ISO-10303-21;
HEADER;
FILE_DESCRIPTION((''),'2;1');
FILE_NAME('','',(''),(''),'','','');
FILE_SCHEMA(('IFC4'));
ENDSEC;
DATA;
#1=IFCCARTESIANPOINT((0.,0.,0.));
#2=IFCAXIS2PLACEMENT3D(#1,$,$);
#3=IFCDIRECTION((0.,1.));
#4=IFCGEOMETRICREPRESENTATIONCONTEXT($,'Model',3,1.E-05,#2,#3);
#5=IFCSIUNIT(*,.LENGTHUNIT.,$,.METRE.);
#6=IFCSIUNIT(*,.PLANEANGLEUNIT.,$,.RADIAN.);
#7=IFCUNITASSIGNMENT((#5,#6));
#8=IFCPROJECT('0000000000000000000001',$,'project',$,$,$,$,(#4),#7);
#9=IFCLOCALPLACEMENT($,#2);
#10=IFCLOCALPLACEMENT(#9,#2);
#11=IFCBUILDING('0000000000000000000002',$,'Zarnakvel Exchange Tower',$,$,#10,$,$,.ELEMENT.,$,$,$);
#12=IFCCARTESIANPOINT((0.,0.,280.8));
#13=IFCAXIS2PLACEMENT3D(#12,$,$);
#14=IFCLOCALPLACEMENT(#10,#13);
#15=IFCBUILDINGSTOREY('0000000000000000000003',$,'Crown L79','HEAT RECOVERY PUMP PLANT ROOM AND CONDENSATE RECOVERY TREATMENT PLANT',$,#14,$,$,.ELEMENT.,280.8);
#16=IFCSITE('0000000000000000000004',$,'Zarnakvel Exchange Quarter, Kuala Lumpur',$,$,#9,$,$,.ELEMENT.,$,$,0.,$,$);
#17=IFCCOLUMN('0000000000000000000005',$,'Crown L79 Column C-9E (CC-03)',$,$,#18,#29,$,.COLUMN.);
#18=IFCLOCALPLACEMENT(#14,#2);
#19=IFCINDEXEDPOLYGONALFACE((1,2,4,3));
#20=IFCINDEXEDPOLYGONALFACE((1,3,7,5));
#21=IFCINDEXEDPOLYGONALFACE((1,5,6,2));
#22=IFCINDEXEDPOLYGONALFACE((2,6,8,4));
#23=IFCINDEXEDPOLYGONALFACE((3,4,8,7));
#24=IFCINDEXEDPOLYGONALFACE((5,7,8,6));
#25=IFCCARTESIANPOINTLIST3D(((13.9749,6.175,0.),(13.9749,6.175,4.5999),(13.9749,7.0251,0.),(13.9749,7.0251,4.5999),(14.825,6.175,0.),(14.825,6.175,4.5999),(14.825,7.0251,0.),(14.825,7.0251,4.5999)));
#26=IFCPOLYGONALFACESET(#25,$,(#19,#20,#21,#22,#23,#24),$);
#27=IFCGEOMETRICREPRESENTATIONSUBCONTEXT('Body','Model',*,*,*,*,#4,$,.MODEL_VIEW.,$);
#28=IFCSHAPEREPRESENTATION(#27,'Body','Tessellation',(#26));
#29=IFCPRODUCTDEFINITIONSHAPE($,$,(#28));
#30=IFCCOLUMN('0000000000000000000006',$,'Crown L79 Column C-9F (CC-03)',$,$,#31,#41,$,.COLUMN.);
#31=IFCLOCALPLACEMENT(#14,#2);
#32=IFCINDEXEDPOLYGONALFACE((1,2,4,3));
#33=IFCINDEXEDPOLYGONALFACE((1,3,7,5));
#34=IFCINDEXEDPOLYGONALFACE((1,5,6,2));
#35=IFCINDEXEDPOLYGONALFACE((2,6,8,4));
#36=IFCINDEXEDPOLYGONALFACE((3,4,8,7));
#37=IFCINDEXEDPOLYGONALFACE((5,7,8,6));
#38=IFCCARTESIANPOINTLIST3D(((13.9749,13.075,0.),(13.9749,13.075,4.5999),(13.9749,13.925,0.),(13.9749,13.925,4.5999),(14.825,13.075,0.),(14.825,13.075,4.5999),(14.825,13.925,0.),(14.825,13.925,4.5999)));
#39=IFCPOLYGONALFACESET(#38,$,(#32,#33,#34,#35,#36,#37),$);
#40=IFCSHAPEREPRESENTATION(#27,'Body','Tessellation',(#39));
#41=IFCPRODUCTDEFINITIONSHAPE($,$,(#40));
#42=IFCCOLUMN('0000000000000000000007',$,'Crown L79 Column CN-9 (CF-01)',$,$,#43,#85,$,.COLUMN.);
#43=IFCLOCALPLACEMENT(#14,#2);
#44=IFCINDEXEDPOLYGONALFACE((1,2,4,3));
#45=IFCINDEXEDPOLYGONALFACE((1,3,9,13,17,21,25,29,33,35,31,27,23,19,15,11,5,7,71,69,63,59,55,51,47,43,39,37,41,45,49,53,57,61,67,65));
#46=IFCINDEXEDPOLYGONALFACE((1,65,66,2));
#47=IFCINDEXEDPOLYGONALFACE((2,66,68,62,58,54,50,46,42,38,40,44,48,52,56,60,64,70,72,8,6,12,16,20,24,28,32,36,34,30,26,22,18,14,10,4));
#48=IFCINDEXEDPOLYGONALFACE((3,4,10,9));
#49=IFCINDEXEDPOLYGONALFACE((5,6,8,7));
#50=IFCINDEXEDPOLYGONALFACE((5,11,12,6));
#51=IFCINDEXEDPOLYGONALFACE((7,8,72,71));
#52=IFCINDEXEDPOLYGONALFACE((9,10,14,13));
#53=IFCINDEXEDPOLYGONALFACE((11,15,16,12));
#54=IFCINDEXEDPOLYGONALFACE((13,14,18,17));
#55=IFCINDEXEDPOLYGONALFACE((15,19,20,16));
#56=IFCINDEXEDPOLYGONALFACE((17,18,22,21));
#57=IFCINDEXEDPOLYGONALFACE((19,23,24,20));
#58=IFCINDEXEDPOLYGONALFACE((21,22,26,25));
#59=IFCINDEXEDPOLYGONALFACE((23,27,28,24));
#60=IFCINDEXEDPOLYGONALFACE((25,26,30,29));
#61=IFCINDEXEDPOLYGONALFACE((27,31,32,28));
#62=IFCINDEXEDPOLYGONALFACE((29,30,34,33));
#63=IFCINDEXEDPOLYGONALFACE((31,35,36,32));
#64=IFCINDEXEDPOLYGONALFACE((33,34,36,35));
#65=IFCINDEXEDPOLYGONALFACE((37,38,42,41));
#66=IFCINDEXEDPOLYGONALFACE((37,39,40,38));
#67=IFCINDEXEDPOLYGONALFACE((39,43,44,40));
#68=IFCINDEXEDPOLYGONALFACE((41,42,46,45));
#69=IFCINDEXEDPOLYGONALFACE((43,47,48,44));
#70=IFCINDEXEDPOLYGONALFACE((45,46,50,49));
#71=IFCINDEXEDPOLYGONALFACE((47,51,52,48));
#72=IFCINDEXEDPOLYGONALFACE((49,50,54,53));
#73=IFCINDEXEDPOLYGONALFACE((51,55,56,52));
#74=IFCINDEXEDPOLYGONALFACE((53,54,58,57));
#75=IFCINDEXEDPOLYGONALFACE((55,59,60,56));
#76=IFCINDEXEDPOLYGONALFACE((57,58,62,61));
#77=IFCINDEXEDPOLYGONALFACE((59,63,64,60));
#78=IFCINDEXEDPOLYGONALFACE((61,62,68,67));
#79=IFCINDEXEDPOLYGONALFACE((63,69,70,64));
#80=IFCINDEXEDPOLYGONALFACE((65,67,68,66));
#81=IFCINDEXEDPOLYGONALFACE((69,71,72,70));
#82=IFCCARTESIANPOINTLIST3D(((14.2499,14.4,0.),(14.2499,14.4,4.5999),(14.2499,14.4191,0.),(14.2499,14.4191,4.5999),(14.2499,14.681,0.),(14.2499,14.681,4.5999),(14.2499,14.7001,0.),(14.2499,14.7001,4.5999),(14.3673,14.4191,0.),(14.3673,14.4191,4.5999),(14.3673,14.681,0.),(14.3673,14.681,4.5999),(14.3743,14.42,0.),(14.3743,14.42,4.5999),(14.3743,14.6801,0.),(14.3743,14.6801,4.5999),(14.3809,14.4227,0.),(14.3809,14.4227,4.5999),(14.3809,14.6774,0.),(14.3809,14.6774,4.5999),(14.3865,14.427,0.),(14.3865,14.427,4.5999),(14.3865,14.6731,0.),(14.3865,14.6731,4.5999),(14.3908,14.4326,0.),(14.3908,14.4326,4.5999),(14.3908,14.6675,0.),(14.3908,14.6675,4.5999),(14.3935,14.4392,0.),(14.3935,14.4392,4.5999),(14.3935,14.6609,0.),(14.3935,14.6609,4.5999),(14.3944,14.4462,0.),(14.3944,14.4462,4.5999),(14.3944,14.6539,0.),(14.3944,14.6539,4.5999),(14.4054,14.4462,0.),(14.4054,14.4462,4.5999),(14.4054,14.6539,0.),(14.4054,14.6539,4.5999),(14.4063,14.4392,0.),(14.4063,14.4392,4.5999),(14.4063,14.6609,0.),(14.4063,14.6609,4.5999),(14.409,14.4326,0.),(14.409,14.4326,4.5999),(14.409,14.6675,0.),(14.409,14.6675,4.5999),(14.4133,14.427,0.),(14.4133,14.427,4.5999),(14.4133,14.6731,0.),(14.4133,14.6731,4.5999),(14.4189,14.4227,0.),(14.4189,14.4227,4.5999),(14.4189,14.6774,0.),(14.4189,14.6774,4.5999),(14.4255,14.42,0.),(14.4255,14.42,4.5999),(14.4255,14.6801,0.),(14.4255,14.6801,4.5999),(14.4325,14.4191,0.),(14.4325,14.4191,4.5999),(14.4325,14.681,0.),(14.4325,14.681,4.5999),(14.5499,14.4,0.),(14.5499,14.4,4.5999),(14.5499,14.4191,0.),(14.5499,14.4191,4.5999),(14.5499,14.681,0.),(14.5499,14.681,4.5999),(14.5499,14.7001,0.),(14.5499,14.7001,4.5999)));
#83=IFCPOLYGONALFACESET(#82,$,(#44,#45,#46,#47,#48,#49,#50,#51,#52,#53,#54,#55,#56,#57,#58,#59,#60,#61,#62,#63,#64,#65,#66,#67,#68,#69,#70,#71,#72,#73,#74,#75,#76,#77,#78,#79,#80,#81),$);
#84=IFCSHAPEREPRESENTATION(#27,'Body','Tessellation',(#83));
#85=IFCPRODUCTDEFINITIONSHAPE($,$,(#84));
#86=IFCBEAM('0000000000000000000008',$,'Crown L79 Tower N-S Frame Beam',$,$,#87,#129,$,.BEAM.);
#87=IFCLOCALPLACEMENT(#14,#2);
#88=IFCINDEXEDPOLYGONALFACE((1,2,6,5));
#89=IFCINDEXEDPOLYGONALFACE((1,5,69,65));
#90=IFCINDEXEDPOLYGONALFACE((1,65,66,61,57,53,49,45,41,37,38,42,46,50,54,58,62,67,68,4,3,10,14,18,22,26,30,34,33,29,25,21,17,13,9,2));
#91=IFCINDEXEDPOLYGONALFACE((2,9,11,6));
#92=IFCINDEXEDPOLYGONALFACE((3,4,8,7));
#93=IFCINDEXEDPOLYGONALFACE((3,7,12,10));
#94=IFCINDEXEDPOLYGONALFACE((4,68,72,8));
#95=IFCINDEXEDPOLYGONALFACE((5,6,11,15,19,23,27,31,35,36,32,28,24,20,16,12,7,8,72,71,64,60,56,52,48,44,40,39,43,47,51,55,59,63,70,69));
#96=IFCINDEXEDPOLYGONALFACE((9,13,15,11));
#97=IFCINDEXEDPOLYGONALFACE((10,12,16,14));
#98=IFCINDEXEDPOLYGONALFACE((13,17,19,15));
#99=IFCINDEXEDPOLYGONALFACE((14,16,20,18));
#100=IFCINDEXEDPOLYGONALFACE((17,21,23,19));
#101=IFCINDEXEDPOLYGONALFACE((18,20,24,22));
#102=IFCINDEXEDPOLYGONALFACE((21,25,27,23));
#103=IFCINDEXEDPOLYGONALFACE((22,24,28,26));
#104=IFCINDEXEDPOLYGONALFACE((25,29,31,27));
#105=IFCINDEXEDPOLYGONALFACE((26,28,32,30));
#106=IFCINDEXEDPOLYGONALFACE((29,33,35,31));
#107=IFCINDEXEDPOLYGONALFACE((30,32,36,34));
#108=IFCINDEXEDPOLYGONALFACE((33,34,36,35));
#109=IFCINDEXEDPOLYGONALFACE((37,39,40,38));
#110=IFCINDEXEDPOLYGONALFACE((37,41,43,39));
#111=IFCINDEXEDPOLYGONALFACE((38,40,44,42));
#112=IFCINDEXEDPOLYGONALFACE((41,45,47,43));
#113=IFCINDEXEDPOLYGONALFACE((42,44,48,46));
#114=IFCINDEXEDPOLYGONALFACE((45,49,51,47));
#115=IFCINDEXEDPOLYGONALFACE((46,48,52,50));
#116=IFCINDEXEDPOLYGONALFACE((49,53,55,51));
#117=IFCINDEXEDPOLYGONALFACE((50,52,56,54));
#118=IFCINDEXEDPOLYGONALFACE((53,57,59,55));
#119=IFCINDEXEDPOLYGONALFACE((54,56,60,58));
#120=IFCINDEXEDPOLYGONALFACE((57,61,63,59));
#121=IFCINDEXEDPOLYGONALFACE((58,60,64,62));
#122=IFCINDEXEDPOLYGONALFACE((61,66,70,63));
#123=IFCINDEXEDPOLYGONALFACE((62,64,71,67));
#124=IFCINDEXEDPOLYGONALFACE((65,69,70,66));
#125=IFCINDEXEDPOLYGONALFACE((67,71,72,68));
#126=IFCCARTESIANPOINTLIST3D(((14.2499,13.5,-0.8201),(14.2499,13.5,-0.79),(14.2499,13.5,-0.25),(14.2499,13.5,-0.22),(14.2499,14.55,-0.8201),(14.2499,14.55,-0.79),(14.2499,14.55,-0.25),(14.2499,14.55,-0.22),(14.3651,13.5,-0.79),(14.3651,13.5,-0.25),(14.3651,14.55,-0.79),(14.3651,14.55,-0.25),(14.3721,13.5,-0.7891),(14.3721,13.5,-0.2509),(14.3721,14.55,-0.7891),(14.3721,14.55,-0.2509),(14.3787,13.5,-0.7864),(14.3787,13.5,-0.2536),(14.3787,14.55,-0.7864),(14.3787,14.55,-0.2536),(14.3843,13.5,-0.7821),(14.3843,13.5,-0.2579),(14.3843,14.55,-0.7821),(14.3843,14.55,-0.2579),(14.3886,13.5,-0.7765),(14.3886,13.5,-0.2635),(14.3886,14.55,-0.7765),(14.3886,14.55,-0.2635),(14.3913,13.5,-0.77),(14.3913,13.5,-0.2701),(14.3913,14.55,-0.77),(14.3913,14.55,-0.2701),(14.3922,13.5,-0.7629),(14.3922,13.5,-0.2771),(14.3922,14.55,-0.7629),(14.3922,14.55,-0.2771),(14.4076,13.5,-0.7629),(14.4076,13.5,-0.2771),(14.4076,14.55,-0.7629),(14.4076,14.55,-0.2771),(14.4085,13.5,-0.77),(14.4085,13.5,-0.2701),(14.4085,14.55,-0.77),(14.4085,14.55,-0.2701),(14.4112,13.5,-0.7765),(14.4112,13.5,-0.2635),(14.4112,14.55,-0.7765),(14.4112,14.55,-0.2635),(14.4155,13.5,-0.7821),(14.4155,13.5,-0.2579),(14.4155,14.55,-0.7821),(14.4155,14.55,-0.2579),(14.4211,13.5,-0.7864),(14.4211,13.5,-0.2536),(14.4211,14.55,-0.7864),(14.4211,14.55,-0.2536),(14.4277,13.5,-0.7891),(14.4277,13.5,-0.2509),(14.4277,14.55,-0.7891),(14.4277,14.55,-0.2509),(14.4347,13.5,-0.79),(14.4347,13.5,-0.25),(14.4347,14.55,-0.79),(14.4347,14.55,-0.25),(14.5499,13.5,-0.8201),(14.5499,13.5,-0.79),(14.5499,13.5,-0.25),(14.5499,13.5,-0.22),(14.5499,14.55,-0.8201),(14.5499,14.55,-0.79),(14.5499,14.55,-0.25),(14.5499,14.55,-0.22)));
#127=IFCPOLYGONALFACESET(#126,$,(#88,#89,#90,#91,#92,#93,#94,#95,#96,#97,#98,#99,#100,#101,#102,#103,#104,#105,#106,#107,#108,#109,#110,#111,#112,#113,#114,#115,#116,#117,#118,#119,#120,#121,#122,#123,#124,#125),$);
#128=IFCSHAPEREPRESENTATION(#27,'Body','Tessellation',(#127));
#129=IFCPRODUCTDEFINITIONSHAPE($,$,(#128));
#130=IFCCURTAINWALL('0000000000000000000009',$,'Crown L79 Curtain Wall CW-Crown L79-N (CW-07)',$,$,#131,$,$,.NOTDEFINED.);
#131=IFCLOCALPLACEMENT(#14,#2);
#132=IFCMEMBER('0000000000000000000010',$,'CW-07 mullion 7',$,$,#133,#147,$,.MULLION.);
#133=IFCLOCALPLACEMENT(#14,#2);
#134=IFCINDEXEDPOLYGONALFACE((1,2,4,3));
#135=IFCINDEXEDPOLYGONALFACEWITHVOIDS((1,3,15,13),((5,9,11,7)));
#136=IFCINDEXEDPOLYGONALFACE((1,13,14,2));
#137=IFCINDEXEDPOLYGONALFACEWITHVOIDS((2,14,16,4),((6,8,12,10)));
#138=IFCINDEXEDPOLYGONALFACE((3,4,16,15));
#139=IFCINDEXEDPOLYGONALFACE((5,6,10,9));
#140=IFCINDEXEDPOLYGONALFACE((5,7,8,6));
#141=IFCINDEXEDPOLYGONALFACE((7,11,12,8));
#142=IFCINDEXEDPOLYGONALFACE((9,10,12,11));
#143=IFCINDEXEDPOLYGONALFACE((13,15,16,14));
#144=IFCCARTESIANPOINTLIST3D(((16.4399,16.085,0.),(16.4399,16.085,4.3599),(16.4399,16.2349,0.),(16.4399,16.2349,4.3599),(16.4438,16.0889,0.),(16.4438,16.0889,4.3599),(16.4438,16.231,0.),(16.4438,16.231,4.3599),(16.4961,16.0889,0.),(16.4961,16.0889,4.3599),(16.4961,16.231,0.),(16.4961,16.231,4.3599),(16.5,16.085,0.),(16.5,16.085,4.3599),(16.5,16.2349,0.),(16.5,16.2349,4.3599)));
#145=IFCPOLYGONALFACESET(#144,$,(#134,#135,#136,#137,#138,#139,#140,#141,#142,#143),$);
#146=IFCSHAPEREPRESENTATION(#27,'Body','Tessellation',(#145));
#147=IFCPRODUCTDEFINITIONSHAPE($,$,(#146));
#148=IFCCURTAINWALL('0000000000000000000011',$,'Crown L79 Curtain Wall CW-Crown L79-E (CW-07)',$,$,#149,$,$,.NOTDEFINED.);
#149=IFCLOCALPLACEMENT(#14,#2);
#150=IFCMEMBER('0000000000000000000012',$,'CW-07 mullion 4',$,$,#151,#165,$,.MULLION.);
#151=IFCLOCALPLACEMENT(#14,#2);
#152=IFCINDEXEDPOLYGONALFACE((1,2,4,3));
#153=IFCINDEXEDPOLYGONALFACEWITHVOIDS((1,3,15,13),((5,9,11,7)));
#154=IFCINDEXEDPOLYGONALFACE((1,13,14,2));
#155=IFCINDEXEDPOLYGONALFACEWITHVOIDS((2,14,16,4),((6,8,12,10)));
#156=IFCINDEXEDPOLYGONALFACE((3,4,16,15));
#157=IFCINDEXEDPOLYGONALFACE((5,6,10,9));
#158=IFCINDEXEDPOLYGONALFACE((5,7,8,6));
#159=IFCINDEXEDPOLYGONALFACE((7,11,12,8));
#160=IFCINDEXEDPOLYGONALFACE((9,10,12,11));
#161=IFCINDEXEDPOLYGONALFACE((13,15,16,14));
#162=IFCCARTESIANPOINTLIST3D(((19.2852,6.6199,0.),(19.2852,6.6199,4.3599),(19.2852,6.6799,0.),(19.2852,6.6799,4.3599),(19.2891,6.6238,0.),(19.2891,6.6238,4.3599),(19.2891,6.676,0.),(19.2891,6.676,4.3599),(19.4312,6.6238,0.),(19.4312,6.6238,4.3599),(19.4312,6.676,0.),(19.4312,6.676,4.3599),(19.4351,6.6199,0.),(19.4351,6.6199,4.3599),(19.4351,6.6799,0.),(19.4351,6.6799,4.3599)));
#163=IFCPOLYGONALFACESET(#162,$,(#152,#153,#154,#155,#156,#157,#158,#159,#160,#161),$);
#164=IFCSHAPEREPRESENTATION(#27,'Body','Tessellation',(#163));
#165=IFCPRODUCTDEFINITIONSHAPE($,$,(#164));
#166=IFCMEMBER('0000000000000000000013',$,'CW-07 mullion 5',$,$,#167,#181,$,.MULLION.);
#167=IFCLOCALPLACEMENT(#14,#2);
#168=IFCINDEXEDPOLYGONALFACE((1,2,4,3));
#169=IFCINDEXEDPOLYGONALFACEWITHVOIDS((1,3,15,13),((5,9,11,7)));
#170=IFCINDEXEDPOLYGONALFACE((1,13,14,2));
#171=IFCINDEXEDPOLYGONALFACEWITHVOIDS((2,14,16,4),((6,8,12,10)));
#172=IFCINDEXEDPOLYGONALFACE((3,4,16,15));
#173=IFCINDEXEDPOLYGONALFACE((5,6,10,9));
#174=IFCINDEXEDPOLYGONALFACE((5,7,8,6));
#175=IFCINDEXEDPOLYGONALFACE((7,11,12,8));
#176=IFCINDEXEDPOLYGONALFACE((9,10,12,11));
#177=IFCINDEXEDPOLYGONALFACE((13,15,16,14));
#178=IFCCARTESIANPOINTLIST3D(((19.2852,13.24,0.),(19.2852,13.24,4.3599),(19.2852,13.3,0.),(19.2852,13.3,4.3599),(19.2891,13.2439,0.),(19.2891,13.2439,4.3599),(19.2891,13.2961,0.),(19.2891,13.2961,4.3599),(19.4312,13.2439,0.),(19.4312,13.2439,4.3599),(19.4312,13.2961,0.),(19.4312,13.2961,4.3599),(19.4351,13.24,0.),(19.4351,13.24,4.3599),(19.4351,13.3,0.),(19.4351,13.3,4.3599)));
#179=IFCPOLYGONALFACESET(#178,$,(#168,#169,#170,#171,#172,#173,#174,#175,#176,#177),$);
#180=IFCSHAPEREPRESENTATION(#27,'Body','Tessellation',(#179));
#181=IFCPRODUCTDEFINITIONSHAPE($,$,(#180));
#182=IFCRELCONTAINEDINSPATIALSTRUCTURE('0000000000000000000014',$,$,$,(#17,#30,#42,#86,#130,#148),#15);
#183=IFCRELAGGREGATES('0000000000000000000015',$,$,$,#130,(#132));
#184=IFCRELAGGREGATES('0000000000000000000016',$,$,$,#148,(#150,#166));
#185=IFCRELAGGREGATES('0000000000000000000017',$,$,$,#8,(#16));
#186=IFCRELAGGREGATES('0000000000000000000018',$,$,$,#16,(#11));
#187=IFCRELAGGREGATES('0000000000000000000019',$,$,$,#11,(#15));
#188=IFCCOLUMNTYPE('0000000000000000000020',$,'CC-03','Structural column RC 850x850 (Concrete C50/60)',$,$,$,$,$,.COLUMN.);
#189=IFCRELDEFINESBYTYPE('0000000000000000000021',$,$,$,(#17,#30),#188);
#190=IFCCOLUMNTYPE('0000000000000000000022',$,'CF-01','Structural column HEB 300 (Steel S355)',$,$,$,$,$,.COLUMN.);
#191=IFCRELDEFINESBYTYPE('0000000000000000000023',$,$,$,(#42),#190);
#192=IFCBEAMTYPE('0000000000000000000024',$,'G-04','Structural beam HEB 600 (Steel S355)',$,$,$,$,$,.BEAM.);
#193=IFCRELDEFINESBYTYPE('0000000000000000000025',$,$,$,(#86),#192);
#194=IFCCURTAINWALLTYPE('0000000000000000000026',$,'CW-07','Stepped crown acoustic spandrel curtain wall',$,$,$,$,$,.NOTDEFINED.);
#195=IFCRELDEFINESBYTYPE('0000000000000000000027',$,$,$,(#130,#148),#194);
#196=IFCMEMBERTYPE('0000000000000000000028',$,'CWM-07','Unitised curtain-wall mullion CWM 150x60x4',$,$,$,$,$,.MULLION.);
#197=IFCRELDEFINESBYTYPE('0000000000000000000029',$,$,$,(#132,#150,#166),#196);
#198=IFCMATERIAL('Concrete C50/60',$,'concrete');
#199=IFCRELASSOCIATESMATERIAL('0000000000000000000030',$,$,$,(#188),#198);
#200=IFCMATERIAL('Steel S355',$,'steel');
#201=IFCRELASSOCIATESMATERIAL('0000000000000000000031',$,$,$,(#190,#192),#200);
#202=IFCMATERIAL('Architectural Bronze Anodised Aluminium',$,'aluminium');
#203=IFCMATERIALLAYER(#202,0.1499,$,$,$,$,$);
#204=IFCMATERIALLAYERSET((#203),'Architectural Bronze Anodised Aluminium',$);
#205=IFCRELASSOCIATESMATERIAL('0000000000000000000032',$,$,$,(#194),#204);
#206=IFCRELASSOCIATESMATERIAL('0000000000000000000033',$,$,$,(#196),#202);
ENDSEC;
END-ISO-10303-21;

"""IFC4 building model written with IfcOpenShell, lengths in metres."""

from ifc_helpers import new_model, si_unit, direction, frame, origin, origin_2d, place, context, subcontext, project, spatial, rectangle, hollow_rectangle, i_section, extrude, source, transform, mapped, material, layer, layer_set, material_profile, profile_set, type_object, element, aggregate, save


model = new_model("IFC4")

# Units and contexts
model_context = context("Model", 3, precision=1e-05, world=origin(), true_north=direction((0.0, 1.0)))
body_context = subcontext(model_context, "Body", "Model", "MODEL_VIEW")
ifc_project = project(units=[si_unit("LENGTHUNIT", "METRE"), si_unit("PLANEANGLEUNIT", "RADIAN")], contexts=[model_context])

# Site, building, storey
site_placement = place(None, origin())
site = spatial("IfcSite", under=ifc_project, at=site_placement, Name="Zarnakvel Exchange Quarter, Kuala Lumpur", CompositionType="ELEMENT", RefElevation=0.0)
building_placement = place(site_placement, origin())
building = spatial("IfcBuilding", under=site, at=building_placement, Name="Zarnakvel Exchange Tower", CompositionType="ELEMENT")
storey_placement = place(building_placement, frame((0.0, 0.0, 280.8)))
storey = spatial("IfcBuildingStorey", under=building, at=storey_placement, Name="Crown L79", Description="HEAT RECOVERY PUMP PLANT ROOM AND CONDENSATE RECOVERY TREATMENT PLANT", CompositionType="ELEMENT", Elevation=280.8)

# Columns
ifc_material_1 = material(Name="Concrete C50/60", Category="concrete")
ifc_material_profile_1 = material_profile(ifc_material_1, rectangle(XDim=0.8501, YDim=0.8501, at=origin_2d()))
ifc_profile_set_1 = profile_set([ifc_material_profile_1], Name="Concrete C50/60")
column_type_1 = type_object("IfcColumnType", Name="CC-03", Description="Structural column RC 850x850 (Concrete C50/60)", PredefinedType="COLUMN", material=ifc_profile_set_1)
for number, where, z_axis, x_axis, name in (
    (1, (14.3999, 6.6001, 0.0), (0.0, 0.0, 1.0), (1.0, 0.0, 0.0), "Crown L79 Column C-9E (CC-03)"),
    (2, (14.3999, 13.5, 0.0), (0.0, 0.0, 1.0), (1.0, 0.0, 0.0), "Crown L79 Column C-9F (CC-03)"),
):
    element("IfcColumn", number, at=place(storey_placement, frame(where, z_axis=z_axis, x_axis=x_axis)), inside=storey, type_object=column_type_1, Name=name, PredefinedType="COLUMN", context=body_context, shape_type="SweptSolid", body=[
        extrude(rectangle(XDim=0.8501, YDim=0.8501, at=origin_2d()), origin(), (0.0, 0.0, 1.0), 4.5999),
    ])
ifc_material_2 = material(Name="Steel S355", Category="steel")
ifc_material_profile_2 = material_profile(ifc_material_2, i_section(OverallWidth=0.3, OverallDepth=0.3, WebThickness=0.011, FlangeThickness=0.019, FilletRadius=0.0271, at=origin_2d()))
ifc_profile_set_2 = profile_set([ifc_material_profile_2], Name="Steel S355")
column_type_2 = type_object("IfcColumnType", Name="CF-01", Description="Structural column HEB 300 (Steel S355)", PredefinedType="COLUMN", material=ifc_profile_set_2)
column_placement = place(storey_placement, frame((14.3999, 14.55, 0.0), z_axis=(0.0, 0.0, 1.0), x_axis=(1.0, 0.0, 0.0)))
element("IfcColumn", 3, at=column_placement, inside=storey, type_object=column_type_2, Name="Crown L79 Column CN-9 (CF-01)", PredefinedType="COLUMN", context=body_context, shape_type="SweptSolid", body=[
    extrude(i_section(OverallWidth=0.3, OverallDepth=0.3, WebThickness=0.011, FlangeThickness=0.019, FilletRadius=0.0271, at=origin_2d()), origin(), (0.0, 0.0, 1.0), 4.5999),
])

# Beam
ifc_material_profile_3 = material_profile(ifc_material_2, i_section(OverallWidth=0.3, OverallDepth=0.6001, WebThickness=0.0154, FlangeThickness=0.03, FilletRadius=0.0271, at=origin_2d()))
ifc_profile_set_3 = profile_set([ifc_material_profile_3], Name="Steel S355")
beam_type = type_object("IfcBeamType", Name="G-04", Description="Structural beam HEB 600 (Steel S355)", PredefinedType="BEAM", material=ifc_profile_set_3)
beam_placement = place(storey_placement, frame((14.3999, 13.5, -0.52), z_axis=(0.0, 1.0, 0.0), x_axis=(-1.0, 0.0, 0.0)))
element("IfcBeam", 4, at=beam_placement, inside=storey, type_object=beam_type, Name="Crown L79 Tower N-S Frame Beam", PredefinedType="BEAM", context=body_context, shape_type="SweptSolid", body=[
    extrude(i_section(OverallWidth=0.3, OverallDepth=0.6001, WebThickness=0.0154, FlangeThickness=0.03, FilletRadius=0.0271, at=origin_2d()), origin(), (0.0, 0.0, 1.0), 1.05),
])

# Curtain wall, member
ifc_material_3 = material(Name="Architectural Bronze Anodised Aluminium", Category="aluminium")
ifc_layer_1 = layer(ifc_material_3, 0.1499)
ifc_layer_set_1 = layer_set([ifc_layer_1], Name="Architectural Bronze Anodised Aluminium")
curtain_wall_type = type_object("IfcCurtainWallType", Name="CW-07", Description="Stepped crown acoustic spandrel curtain wall", PredefinedType="NOTDEFINED", material=ifc_layer_set_1)
curtain_wall_1_placement = place(storey_placement, origin())
curtain_wall_1 = element("IfcCurtainWall", 5, at=curtain_wall_1_placement, inside=storey, type_object=curtain_wall_type, Name="Crown L79 Curtain Wall CW-Crown L79-N (CW-07)", PredefinedType="NOTDEFINED")
ifc_material_profile_4 = material_profile(ifc_material_3, hollow_rectangle(XDim=0.1499, YDim=0.0601, WallThickness=0.0039, at=origin_2d()))
ifc_profile_set_4 = profile_set([ifc_material_profile_4], Name="Architectural Bronze Anodised Aluminium")
member_type_1 = type_object("IfcMemberType", Name="CWM-07", Description="Unitised curtain-wall mullion CWM 150x60x4", PredefinedType="MULLION", material=ifc_profile_set_4)
shared_shape_1 = source(origin(), body_context, "Body", "SweptSolid", [
    extrude(hollow_rectangle(XDim=0.1499, YDim=0.0601, WallThickness=0.0039, at=origin_2d()), origin(), (0.0, 0.0, 1.0), 4.3599),
])
member_1_placement = place(storey_placement, frame((16.47, 16.1599, 0.0), z_axis=(0.0, 0.0, 1.0), x_axis=(0.0, 1.0, 0.0)))
member_1 = element("IfcMember", 6, at=member_1_placement, type_object=member_type_1, Name="CW-07 mullion 7", PredefinedType="MULLION", context=body_context, shape_type="MappedRepresentation", body=[
    mapped(shared_shape_1, transform((0.0, 0.0, 0.0), x_axis=(1.0, 0.0, 0.0), y_axis=(0.0, 1.0, 0.0), z_axis=(0.0, 0.0, 1.0), scale=1.0)),
])

# Curtain wall, members
curtain_wall_2_placement = place(storey_placement, origin())
curtain_wall_2 = element("IfcCurtainWall", 7, at=curtain_wall_2_placement, inside=storey, type_object=curtain_wall_type, Name="Crown L79 Curtain Wall CW-Crown L79-E (CW-07)", PredefinedType="NOTDEFINED")
member_2_placement = place(storey_placement, frame((19.3601, 6.6499, 0.0), z_axis=(0.0, 0.0, 1.0), x_axis=(-1.0, 0.0, 0.0)))
member_2 = element("IfcMember", 8, at=member_2_placement, type_object=member_type_1, Name="CW-07 mullion 4", PredefinedType="MULLION", context=body_context, shape_type="MappedRepresentation", body=[
    mapped(shared_shape_1, transform((0.0, 0.0, 0.0), x_axis=(1.0, 0.0, 0.0), y_axis=(0.0, 1.0, 0.0), z_axis=(0.0, 0.0, 1.0), scale=1.0)),
])
member_3_placement = place(storey_placement, frame((19.3601, 13.27, 0.0), z_axis=(0.0, 0.0, 1.0), x_axis=(-1.0, 0.0, 0.0)))
member_3 = element("IfcMember", 9, at=member_3_placement, type_object=member_type_1, Name="CW-07 mullion 5", PredefinedType="MULLION", context=body_context, shape_type="MappedRepresentation", body=[
    mapped(shared_shape_1, transform((0.0, 0.0, 0.0), x_axis=(1.0, 0.0, 0.0), y_axis=(0.0, 1.0, 0.0), z_axis=(0.0, 0.0, 1.0), scale=1.0)),
])

aggregate(curtain_wall_1, [member_1])
aggregate(curtain_wall_2, [member_2, member_3])

save(model, "model.ifc")
